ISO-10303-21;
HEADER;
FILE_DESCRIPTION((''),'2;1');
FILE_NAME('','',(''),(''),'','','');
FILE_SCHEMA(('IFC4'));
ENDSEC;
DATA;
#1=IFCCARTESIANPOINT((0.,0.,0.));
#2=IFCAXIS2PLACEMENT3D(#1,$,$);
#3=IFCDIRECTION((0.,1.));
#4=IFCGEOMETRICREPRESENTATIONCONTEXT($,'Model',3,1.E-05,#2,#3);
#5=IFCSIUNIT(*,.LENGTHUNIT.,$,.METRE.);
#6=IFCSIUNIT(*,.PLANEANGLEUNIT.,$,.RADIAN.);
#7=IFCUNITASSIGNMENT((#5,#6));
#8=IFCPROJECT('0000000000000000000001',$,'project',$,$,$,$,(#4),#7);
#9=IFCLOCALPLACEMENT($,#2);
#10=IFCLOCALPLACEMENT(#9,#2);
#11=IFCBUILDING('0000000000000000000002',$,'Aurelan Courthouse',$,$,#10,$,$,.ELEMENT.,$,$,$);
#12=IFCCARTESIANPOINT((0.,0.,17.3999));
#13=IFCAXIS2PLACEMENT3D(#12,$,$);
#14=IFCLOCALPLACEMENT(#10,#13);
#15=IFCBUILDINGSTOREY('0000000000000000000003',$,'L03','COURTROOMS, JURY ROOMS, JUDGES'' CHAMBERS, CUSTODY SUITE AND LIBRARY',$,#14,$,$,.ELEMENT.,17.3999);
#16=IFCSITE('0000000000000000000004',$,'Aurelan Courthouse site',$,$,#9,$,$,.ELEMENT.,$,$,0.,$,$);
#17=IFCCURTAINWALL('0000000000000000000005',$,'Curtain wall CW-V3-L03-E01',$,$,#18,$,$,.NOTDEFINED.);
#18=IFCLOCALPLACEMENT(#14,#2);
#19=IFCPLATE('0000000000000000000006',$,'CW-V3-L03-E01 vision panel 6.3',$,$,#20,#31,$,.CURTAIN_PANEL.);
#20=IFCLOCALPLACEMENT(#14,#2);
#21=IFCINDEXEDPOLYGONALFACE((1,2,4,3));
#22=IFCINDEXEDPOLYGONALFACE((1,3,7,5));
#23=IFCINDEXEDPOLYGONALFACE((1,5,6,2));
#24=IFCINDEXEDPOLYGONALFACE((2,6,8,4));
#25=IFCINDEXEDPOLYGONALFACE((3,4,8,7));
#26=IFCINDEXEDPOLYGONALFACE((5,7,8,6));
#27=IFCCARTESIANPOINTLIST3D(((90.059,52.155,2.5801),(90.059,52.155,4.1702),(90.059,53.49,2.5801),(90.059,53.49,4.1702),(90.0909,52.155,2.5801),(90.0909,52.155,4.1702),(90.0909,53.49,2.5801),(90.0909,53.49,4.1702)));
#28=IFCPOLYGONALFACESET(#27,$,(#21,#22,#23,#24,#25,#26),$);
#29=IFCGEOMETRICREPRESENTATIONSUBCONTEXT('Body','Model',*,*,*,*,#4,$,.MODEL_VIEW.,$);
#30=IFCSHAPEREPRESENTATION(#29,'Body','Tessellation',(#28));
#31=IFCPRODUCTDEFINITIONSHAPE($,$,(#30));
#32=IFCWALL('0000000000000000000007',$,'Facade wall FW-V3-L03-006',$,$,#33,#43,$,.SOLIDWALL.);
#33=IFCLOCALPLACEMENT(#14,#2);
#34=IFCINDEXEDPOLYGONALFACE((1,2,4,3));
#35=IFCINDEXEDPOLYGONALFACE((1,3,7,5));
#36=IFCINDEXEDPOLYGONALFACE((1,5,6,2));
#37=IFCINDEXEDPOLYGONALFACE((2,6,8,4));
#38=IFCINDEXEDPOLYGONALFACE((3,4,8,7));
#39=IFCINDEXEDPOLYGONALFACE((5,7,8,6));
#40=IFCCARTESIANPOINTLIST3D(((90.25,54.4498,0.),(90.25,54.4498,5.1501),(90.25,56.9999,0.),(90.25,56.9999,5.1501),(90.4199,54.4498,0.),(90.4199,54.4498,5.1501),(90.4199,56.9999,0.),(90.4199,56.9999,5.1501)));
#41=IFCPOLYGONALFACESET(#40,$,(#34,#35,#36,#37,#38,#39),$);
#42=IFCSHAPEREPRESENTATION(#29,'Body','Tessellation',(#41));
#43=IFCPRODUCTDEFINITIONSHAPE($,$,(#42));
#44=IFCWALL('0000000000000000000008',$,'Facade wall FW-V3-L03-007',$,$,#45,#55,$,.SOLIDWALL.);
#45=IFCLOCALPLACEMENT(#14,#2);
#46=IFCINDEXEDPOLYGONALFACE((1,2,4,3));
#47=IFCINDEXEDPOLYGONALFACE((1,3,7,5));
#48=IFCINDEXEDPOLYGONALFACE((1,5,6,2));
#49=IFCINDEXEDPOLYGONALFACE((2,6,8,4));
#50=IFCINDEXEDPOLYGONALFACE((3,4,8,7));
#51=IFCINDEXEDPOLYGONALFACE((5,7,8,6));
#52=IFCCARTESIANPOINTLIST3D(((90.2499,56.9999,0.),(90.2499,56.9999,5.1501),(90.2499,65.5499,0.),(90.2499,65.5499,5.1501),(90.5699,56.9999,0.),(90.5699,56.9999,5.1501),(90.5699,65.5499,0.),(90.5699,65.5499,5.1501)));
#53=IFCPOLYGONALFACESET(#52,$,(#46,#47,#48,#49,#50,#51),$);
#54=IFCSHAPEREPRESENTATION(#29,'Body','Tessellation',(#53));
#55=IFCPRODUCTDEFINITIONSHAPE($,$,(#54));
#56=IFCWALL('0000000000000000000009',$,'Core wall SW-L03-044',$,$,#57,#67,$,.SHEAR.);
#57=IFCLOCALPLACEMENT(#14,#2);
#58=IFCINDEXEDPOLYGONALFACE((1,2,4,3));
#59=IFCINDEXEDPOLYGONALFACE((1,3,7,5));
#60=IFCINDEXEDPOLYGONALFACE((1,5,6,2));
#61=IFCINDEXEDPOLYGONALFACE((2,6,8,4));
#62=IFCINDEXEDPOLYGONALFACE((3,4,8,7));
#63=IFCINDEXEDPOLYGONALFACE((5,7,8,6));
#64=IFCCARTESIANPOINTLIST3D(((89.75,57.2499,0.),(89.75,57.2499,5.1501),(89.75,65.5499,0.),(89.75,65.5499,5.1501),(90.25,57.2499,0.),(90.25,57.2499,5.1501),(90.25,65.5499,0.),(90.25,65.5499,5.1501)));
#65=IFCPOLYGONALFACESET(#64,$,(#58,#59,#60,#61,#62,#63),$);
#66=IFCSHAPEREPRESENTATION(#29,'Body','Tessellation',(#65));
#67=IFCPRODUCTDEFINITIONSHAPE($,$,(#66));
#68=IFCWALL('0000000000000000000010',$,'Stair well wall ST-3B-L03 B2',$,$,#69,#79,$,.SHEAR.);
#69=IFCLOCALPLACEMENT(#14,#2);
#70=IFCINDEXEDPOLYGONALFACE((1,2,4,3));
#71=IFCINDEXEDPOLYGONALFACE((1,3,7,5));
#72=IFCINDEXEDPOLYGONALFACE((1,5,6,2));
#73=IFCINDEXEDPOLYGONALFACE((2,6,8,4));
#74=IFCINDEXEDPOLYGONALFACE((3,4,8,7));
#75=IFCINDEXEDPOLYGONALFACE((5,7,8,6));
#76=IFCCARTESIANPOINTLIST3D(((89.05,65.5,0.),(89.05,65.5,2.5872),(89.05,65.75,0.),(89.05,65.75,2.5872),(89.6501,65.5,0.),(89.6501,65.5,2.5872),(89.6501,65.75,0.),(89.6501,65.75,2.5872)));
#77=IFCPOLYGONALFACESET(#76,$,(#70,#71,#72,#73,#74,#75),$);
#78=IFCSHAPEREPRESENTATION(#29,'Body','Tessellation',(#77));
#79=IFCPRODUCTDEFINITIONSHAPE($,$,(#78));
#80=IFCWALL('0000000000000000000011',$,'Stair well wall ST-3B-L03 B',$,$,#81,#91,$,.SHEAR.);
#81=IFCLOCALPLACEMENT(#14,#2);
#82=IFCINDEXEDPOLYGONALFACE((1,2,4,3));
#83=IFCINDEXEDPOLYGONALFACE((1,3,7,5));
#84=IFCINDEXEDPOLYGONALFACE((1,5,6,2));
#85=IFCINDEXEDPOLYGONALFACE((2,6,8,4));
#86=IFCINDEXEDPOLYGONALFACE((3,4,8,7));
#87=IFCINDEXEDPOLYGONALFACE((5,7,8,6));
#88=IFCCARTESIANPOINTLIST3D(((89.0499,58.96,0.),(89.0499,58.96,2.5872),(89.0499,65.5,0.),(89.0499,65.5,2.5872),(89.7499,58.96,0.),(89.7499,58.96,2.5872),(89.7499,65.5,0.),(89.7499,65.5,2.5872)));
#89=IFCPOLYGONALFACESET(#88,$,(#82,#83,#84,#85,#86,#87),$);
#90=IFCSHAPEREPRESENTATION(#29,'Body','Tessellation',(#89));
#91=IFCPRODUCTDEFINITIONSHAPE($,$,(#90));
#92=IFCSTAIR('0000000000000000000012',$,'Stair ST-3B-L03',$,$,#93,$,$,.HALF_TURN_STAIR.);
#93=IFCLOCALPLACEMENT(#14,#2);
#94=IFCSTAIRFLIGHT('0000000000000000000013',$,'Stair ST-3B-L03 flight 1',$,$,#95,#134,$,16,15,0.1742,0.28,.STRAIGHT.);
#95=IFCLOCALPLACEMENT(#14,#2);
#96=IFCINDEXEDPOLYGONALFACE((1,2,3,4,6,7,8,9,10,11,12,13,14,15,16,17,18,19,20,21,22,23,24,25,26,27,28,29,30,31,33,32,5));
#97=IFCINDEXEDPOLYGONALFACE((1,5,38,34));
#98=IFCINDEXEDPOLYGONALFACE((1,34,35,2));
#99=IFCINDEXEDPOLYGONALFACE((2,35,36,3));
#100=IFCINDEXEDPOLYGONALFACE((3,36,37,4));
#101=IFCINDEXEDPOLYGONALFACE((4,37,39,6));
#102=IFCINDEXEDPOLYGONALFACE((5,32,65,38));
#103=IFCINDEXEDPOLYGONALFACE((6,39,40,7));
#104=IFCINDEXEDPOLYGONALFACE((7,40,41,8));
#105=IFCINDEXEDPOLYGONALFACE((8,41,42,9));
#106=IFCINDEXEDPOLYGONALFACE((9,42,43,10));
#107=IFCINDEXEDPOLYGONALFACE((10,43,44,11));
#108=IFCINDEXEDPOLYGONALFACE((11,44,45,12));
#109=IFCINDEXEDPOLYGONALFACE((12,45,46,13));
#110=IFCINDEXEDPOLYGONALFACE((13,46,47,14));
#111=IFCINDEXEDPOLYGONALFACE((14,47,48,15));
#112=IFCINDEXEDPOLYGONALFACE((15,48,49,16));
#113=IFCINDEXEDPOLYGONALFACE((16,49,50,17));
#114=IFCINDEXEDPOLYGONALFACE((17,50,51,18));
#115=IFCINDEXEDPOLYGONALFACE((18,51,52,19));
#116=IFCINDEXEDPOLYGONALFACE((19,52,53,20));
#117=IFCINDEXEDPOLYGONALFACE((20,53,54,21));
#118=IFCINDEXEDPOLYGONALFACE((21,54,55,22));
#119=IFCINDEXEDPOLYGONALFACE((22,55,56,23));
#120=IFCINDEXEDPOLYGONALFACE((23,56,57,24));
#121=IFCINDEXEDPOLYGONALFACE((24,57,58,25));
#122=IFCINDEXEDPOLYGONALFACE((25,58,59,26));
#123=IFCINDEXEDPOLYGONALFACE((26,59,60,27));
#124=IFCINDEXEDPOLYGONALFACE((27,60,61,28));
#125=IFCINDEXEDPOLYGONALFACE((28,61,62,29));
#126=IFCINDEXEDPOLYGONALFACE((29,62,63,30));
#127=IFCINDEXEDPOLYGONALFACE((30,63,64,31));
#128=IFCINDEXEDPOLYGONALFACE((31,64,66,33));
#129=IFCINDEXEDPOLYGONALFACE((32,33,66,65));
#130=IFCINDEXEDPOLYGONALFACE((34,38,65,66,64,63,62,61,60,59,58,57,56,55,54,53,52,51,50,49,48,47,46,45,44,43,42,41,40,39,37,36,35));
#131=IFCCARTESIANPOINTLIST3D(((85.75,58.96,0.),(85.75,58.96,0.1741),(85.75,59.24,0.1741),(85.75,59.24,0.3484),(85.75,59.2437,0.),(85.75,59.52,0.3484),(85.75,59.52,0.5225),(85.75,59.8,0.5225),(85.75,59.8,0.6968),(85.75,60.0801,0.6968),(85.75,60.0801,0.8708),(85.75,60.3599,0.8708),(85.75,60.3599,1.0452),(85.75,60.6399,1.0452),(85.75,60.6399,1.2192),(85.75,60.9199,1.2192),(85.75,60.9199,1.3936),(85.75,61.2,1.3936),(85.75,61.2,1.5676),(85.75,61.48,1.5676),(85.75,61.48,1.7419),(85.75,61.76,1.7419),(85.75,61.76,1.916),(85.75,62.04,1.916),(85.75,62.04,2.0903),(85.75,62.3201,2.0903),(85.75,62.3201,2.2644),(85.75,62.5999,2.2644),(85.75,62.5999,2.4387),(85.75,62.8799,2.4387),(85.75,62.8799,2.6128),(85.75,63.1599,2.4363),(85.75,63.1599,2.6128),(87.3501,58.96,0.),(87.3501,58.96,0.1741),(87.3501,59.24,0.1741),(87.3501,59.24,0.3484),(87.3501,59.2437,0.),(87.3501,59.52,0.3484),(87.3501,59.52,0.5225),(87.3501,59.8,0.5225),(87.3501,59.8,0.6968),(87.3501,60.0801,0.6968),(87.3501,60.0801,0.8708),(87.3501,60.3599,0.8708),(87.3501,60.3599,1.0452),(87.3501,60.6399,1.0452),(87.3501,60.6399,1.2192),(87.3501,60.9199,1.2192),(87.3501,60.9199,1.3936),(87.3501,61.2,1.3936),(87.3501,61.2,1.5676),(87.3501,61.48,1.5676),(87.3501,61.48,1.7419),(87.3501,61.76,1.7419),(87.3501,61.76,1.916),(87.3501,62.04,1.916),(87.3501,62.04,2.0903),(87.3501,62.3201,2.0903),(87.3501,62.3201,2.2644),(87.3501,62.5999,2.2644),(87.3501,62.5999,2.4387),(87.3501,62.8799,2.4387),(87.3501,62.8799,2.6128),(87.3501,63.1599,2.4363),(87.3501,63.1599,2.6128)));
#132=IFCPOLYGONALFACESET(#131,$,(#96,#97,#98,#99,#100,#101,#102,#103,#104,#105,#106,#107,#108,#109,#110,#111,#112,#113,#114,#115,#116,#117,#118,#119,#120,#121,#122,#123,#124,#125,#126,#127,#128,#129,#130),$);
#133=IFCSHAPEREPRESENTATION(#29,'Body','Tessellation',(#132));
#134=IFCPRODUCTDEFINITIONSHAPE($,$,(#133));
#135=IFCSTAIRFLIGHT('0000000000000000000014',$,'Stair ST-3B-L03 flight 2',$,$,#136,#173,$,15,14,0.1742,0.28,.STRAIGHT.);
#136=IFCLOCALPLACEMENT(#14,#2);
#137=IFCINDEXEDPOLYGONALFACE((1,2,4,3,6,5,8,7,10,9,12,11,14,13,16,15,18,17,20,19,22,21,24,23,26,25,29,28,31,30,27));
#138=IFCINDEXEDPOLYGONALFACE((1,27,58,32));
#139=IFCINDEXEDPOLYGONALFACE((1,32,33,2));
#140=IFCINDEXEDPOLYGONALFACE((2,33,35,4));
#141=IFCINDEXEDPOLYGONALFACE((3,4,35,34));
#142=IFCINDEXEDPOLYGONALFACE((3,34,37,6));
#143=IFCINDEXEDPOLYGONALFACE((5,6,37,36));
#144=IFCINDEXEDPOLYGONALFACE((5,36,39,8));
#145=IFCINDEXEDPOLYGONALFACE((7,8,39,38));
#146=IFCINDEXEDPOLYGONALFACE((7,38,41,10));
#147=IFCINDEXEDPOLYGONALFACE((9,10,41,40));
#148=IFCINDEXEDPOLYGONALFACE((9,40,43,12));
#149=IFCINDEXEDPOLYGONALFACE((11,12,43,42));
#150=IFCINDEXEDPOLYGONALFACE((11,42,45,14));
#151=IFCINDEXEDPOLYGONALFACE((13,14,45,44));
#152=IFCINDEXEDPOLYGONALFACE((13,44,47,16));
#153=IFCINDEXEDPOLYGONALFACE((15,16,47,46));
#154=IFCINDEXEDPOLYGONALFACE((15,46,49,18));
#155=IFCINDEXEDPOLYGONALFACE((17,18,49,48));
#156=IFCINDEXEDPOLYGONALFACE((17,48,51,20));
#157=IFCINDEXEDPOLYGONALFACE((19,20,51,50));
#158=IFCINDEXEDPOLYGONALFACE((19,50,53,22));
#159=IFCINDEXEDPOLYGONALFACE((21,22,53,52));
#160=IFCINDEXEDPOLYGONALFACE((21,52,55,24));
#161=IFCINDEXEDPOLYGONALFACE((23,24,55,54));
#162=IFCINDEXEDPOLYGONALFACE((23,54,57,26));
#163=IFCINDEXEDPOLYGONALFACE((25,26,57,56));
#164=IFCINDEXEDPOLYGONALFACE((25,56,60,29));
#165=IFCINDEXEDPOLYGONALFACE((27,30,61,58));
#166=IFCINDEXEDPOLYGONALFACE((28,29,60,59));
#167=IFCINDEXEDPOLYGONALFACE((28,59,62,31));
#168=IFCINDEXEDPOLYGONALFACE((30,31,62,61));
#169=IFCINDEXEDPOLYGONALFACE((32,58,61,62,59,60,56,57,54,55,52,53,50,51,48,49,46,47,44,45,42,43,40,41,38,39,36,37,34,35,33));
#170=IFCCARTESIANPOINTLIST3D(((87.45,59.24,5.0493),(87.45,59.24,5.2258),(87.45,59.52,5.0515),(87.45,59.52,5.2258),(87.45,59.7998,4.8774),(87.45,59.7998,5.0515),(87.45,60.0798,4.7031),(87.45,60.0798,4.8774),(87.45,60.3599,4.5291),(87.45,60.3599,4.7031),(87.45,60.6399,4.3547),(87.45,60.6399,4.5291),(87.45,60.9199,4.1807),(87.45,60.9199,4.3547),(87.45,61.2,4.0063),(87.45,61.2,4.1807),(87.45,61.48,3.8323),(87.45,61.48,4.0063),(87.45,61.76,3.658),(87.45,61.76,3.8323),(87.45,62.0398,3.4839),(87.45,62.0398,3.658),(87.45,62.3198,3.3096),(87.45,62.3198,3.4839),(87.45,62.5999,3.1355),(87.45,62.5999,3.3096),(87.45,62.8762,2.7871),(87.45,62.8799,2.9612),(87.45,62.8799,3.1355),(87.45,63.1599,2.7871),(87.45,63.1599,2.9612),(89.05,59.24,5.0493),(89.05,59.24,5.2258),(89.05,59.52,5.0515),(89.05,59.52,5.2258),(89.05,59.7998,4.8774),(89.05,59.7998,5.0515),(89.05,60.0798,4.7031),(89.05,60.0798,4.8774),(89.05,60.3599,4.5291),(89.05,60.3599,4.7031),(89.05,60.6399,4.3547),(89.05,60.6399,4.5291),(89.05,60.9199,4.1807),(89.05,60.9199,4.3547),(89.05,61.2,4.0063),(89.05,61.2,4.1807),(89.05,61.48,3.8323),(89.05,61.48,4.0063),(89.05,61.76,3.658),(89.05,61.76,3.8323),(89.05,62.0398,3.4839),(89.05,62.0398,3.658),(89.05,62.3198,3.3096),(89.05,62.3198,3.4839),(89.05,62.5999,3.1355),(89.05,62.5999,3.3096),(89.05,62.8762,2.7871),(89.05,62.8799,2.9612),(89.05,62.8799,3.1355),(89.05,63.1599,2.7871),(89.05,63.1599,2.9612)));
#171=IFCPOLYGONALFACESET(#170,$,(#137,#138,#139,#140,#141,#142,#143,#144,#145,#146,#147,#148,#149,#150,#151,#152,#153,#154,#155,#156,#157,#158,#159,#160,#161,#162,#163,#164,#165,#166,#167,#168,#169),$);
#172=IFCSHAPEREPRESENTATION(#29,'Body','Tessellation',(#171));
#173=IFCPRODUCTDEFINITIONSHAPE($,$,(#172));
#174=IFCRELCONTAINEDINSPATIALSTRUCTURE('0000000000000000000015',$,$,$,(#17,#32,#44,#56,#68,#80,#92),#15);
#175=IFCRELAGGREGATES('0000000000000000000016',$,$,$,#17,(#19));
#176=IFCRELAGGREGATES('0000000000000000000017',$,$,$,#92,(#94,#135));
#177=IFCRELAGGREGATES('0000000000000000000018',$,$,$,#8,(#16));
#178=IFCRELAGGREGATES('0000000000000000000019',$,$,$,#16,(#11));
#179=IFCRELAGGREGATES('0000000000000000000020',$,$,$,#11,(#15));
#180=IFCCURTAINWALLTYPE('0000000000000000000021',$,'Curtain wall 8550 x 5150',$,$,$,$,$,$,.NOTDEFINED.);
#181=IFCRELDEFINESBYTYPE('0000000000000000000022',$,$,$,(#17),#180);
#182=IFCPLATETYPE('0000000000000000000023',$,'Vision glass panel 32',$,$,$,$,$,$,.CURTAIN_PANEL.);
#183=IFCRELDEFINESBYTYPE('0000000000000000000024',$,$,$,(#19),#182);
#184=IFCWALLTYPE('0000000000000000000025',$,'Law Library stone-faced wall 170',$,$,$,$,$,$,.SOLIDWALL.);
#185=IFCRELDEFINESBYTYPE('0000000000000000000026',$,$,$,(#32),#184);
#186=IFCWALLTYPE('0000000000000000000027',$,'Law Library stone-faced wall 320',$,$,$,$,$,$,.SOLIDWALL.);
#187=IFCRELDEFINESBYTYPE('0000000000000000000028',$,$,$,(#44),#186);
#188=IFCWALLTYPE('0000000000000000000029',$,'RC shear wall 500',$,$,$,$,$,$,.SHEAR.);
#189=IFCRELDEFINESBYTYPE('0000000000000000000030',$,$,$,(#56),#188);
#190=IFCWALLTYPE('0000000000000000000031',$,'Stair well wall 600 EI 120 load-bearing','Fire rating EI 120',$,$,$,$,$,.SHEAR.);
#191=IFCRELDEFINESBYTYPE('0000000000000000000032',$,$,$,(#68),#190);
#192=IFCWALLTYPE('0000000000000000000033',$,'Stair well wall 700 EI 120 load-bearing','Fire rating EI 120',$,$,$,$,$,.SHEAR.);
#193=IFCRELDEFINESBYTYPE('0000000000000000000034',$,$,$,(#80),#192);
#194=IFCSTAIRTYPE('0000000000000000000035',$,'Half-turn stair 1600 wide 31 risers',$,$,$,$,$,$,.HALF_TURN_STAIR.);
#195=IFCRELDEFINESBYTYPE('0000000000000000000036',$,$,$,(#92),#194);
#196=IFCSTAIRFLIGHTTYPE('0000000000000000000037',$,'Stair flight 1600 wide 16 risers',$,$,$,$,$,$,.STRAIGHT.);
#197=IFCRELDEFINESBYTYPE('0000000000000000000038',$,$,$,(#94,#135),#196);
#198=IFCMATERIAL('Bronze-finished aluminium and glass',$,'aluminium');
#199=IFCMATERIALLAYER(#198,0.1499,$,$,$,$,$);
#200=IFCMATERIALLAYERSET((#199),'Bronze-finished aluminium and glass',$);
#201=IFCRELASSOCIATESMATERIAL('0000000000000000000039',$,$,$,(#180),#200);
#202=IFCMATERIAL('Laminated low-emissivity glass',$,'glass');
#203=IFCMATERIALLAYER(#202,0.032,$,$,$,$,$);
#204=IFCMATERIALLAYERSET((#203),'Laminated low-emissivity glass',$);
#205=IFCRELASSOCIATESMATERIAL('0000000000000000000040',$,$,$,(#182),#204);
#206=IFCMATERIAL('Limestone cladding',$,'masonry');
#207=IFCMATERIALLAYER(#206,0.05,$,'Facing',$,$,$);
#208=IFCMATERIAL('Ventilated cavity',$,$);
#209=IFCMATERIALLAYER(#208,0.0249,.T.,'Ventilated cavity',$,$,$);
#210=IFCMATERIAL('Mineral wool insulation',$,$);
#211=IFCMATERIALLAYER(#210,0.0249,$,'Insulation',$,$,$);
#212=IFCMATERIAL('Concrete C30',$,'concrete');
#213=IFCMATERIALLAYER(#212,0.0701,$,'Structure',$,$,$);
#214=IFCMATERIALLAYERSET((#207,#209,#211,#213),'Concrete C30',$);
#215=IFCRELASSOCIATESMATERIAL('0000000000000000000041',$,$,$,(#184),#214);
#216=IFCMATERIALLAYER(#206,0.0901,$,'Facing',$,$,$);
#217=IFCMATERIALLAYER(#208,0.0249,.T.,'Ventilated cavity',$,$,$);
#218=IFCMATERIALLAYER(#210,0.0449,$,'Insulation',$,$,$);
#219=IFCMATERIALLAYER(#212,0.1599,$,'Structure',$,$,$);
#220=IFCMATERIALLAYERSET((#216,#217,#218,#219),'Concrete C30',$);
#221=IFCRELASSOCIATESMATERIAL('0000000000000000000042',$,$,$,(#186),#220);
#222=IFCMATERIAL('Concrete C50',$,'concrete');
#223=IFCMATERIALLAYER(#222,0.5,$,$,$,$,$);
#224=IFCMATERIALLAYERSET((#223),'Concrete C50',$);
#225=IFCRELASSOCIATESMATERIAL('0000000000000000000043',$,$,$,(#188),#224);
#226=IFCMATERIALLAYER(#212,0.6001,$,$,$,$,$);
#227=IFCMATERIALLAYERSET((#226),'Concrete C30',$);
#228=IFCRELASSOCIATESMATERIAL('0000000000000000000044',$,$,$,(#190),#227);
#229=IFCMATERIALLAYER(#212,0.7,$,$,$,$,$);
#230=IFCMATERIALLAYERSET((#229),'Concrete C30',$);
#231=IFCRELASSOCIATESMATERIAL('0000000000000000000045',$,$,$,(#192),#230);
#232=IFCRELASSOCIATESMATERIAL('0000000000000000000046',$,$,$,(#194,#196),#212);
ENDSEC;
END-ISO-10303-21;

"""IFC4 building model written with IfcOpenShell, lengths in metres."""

from ifc_helpers import new_model, si_unit, direction, frame, frame_2d, origin, origin_2d, place, context, subcontext, project, spatial, polyline, rectangle, outline, extrude, material, layer, layer_set, type_object, element, aggregate, save


model = new_model("IFC4")

# Units and contexts
model_context = context("Model", 3, precision=1e-05, world=origin(), true_north=direction((0.0, 1.0)))
body_context = subcontext(model_context, "Body", "Model", "MODEL_VIEW")
ifc_project = project(units=[si_unit("LENGTHUNIT", "METRE"), si_unit("PLANEANGLEUNIT", "RADIAN")], contexts=[model_context])

# Site, building, storey
site_placement = place(None, origin())
site = spatial("IfcSite", under=ifc_project, at=site_placement, Name="Aurelan Courthouse site", CompositionType="ELEMENT", RefElevation=0.0)
building_placement = place(site_placement, origin())
building = spatial("IfcBuilding", under=site, at=building_placement, Name="Aurelan Courthouse", CompositionType="ELEMENT")
storey_placement = place(building_placement, frame((0.0, 0.0, 17.3999)))
storey = spatial("IfcBuildingStorey", under=building, at=storey_placement, Name="L03", Description="COURTROOMS, JURY ROOMS, JUDGES' CHAMBERS, CUSTODY SUITE AND LIBRARY", CompositionType="ELEMENT", Elevation=17.3999)

# Shared definitions
ifc_material_1 = material(Name="Concrete C50", Category="concrete")

# Curtain wall
ifc_material_2 = material(Name="Bronze-finished aluminium and glass", Category="aluminium")
ifc_layer_1 = layer(ifc_material_2, 0.1499)
ifc_layer_set_1 = layer_set([ifc_layer_1], Name="Bronze-finished aluminium and glass")
curtain_wall_type = type_object("IfcCurtainWallType", Name="Curtain wall 8550 x 5150", PredefinedType="NOTDEFINED", material=ifc_layer_set_1)
curtain_wall_placement = place(storey_placement, origin())
curtain_wall = element("IfcCurtainWall", 1, at=curtain_wall_placement, inside=storey, type_object=curtain_wall_type, Name="Curtain wall CW-V3-L03-E01", PredefinedType="NOTDEFINED")

# Plate
ifc_material_3 = material(Name="Laminated low-emissivity glass", Category="glass")
ifc_layer_2 = layer(ifc_material_3, 0.032)
ifc_layer_set_2 = layer_set([ifc_layer_2], Name="Laminated low-emissivity glass")
plate_type_1 = type_object("IfcPlateType", Name="Vision glass panel 32", PredefinedType="CURTAIN_PANEL", material=ifc_layer_set_2)
plate_1_placement = place(storey_placement, frame((90.075, 52.8225, 2.5801), z_axis=(0.0, 0.0, 1.0), x_axis=(0.0, 1.0, 0.0)))
plate_1 = element("IfcPlate", 2, at=plate_1_placement, type_object=plate_type_1, Name="CW-V3-L03-E01 vision panel 6.3", PredefinedType="CURTAIN_PANEL", context=body_context, shape_type="SweptSolid", body=[
    extrude(rectangle(XDim=1.335, YDim=0.032, at=origin_2d()), origin(), (0.0, 0.0, 1.0), 1.5901),
])
aggregate(curtain_wall, [plate_1])

# Walls
ifc_material_4 = material(Name="Limestone cladding", Category="masonry")
ifc_layer_3 = layer(ifc_material_4, 0.05, Name="Facing")
ifc_material_5 = material(Name="Ventilated cavity")
ifc_layer_4 = layer(ifc_material_5, 0.0249, ventilated=True, Name="Ventilated cavity")
ifc_material_6 = material(Name="Mineral wool insulation")
ifc_layer_5 = layer(ifc_material_6, 0.0249, Name="Insulation")
ifc_material_7 = material(Name="Concrete C30", Category="concrete")
ifc_layer_6 = layer(ifc_material_7, 0.0701, Name="Structure")
ifc_layer_set_3 = layer_set([ifc_layer_3, ifc_layer_4, ifc_layer_5, ifc_layer_6], Name="Concrete C30")
wall_type_1 = type_object("IfcWallType", Name="Law Library stone-faced wall 170", PredefinedType="SOLIDWALL", material=ifc_layer_set_3)
wall_1_placement = place(storey_placement, frame((90.335, 54.45, 0.0), z_axis=(0.0, 0.0, 1.0), x_axis=(0.0, 1.0, 0.0)))
element("IfcWall", 3, at=wall_1_placement, inside=storey, type_object=wall_type_1, Name="Facade wall FW-V3-L03-006", PredefinedType="SOLIDWALL", context=body_context, shape_type="SweptSolid", body=[
    extrude(rectangle(XDim=2.55, YDim=0.1699, at=frame_2d((1.2749, 0.0))), origin(), (0.0, 0.0, 1.0), 5.1501),
])
ifc_layer_7 = layer(ifc_material_4, 0.0901, Name="Facing")
ifc_layer_8 = layer(ifc_material_5, 0.0249, ventilated=True, Name="Ventilated cavity")
ifc_layer_9 = layer(ifc_material_6, 0.0449, Name="Insulation")
ifc_layer_10 = layer(ifc_material_7, 0.1599, Name="Structure")
ifc_layer_set_4 = layer_set([ifc_layer_7, ifc_layer_8, ifc_layer_9, ifc_layer_10], Name="Concrete C30")
wall_type_2 = type_object("IfcWallType", Name="Law Library stone-faced wall 320", PredefinedType="SOLIDWALL", material=ifc_layer_set_4)
wall_2_placement = place(storey_placement, frame((90.4099, 57.0, 0.0), z_axis=(0.0, 0.0, 1.0), x_axis=(0.0, 1.0, 0.0)))
element("IfcWall", 4, at=wall_2_placement, inside=storey, type_object=wall_type_2, Name="Facade wall FW-V3-L03-007", PredefinedType="SOLIDWALL", context=body_context, shape_type="SweptSolid", body=[
    extrude(rectangle(XDim=8.55, YDim=0.3201, at=frame_2d((4.2749, 0.0))), origin(), (0.0, 0.0, 1.0), 5.1501),
])
ifc_layer_11 = layer(ifc_material_1, 0.5)
ifc_layer_set_5 = layer_set([ifc_layer_11], Name="Concrete C50")
wall_type_3 = type_object("IfcWallType", Name="RC shear wall 500", PredefinedType="SHEAR", material=ifc_layer_set_5)
wall_3_placement = place(storey_placement, frame((90.0, 57.25, 0.0), z_axis=(0.0, 0.0, 1.0), x_axis=(0.0, 1.0, 0.0)))
element("IfcWall", 5, at=wall_3_placement, inside=storey, type_object=wall_type_3, Name="Core wall SW-L03-044", PredefinedType="SHEAR", context=body_context, shape_type="SweptSolid", body=[
    extrude(rectangle(XDim=8.3, YDim=0.5, at=frame_2d((4.1499, 0.0))), origin(), (0.0, 0.0, 1.0), 5.1501),
])
ifc_layer_12 = layer(ifc_material_7, 0.6001)
ifc_layer_set_6 = layer_set([ifc_layer_12], Name="Concrete C30")
wall_type_4 = type_object("IfcWallType", Name="Stair well wall 600 EI 120 load-bearing", Description="Fire rating EI 120", PredefinedType="SHEAR", material=ifc_layer_set_6)
wall_4_placement = place(storey_placement, frame((89.3501, 65.5, 0.0), z_axis=(0.0, 0.0, 1.0), x_axis=(0.0, 1.0, 0.0)))
element("IfcWall", 6, at=wall_4_placement, inside=storey, type_object=wall_type_4, Name="Stair well wall ST-3B-L03 B2", PredefinedType="SHEAR", context=body_context, shape_type="SweptSolid", body=[
    extrude(rectangle(XDim=0.25, YDim=0.6001, at=frame_2d((0.125, 0.0))), origin(), (0.0, 0.0, 1.0), 2.5872),
])
ifc_layer_13 = layer(ifc_material_7, 0.7)
ifc_layer_set_7 = layer_set([ifc_layer_13], Name="Concrete C30")
wall_type_5 = type_object("IfcWallType", Name="Stair well wall 700 EI 120 load-bearing", Description="Fire rating EI 120", PredefinedType="SHEAR", material=ifc_layer_set_7)
wall_5_placement = place(storey_placement, frame((89.3999, 58.96, 0.0), z_axis=(0.0, 0.0, 1.0), x_axis=(0.0, 1.0, 0.0)))
element("IfcWall", 7, at=wall_5_placement, inside=storey, type_object=wall_type_5, Name="Stair well wall ST-3B-L03 B", PredefinedType="SHEAR", context=body_context, shape_type="SweptSolid", body=[
    extrude(rectangle(XDim=6.54, YDim=0.7, at=frame_2d((3.27, 0.0))), origin(), (0.0, 0.0, 1.0), 2.5872),
])

# Stair, stair flights
stair_type = type_object("IfcStairType", Name="Half-turn stair 1600 wide 31 risers", PredefinedType="HALF_TURN_STAIR", material=ifc_material_7)
stair_placement = place(storey_placement, origin())
stair = element("IfcStair", 8, at=stair_placement, inside=storey, type_object=stair_type, Name="Stair ST-3B-L03", PredefinedType="HALF_TURN_STAIR")
stair_flight_type = type_object("IfcStairFlightType", Name="Stair flight 1600 wide 16 risers", PredefinedType="STRAIGHT", material=ifc_material_7)
stair_flight_1_placement = place(storey_placement, frame((86.55, 58.96, 0.0), z_axis=(0.0, 0.0, 1.0), x_axis=(0.0, 1.0, 0.0)))
stair_flight_1 = element("IfcStairFlight", 9, at=stair_flight_1_placement, type_object=stair_flight_type, Name="Stair ST-3B-L03 flight 1", NumberOfRisers=16, NumberOfTreads=15, PredefinedType="STRAIGHT", RiserHeight=0.1742, TreadLength=0.28, context=body_context, shape_type="SweptSolid", body=[
    extrude(outline(polyline([(0.0, 0.0), (0.0, 0.1741), (0.28, 0.1741), (0.28, 0.3484), (0.5601, 0.3484), (0.5601, 0.5225), (0.8401, 0.5225), (0.8401, 0.6968), (1.1201, 0.6968), (1.1201, 0.8708), (1.3999, 0.8708), (1.3999, 1.0452), (1.6799, 1.0452), (1.6799, 1.2192), (1.96, 1.2192), (1.96, 1.3936), (2.24, 1.3936), (2.24, 1.5676), (2.52, 1.5676), (2.52, 1.7419), (2.8, 1.7419), (2.8, 1.916), (3.0801, 1.916), (3.0801, 2.0903), (3.3601, 2.0903), (3.3601, 2.2644), (3.6399, 2.2644), (3.6399, 2.4387), (3.9199, 2.4387), (3.9199, 2.6128), (4.2, 2.6128), (4.2, 2.7871), (4.2, 2.4363), (0.2837, 0.0), (0.0, 0.0)])), frame((0.0, 0.8, 0.0), z_axis=(0.0, -1.0, 0.0), x_axis=(1.0, 0.0, 0.0)), (0.0, 0.0, 1.0), 1.6001),
])
stair_flight_2_placement = place(storey_placement, frame((88.25, 63.1599, 2.7871), z_axis=(0.0, 0.0, 1.0), x_axis=(0.0, -1.0, 0.0)))
stair_flight_2 = element("IfcStairFlight", 10, at=stair_flight_2_placement, type_object=stair_flight_type, Name="Stair ST-3B-L03 flight 2", NumberOfRisers=15, NumberOfTreads=14, PredefinedType="STRAIGHT", RiserHeight=0.1742, TreadLength=0.28, context=body_context, shape_type="SweptSolid", body=[
    extrude(outline(polyline([(0.0, 0.0), (0.0, 0.1741), (0.28, 0.1741), (0.28, 0.3484), (0.5601, 0.3484), (0.5601, 0.5225), (0.8401, 0.5225), (0.8401, 0.6968), (1.1201, 0.6968), (1.1201, 0.8708), (1.3999, 0.8708), (1.3999, 1.0452), (1.6799, 1.0452), (1.6799, 1.2192), (1.96, 1.2192), (1.96, 1.3936), (2.24, 1.3936), (2.24, 1.5676), (2.52, 1.5676), (2.52, 1.7419), (2.8, 1.7419), (2.8, 1.916), (3.0801, 1.916), (3.0801, 2.0903), (3.3601, 2.0903), (3.3601, 2.2644), (3.6399, 2.2644), (3.6399, 2.4387), (3.9199, 2.4387), (3.9199, 2.6128), (3.9199, 2.2622), (0.2837, 0.0), (0.0, 0.0)])), frame((0.0, 0.8, 0.0), z_axis=(0.0, -1.0, 0.0), x_axis=(1.0, 0.0, 0.0)), (0.0, 0.0, 1.0), 1.6001),
])
aggregate(stair, [stair_flight_1, stair_flight_2])

save(model, "model.ifc")
